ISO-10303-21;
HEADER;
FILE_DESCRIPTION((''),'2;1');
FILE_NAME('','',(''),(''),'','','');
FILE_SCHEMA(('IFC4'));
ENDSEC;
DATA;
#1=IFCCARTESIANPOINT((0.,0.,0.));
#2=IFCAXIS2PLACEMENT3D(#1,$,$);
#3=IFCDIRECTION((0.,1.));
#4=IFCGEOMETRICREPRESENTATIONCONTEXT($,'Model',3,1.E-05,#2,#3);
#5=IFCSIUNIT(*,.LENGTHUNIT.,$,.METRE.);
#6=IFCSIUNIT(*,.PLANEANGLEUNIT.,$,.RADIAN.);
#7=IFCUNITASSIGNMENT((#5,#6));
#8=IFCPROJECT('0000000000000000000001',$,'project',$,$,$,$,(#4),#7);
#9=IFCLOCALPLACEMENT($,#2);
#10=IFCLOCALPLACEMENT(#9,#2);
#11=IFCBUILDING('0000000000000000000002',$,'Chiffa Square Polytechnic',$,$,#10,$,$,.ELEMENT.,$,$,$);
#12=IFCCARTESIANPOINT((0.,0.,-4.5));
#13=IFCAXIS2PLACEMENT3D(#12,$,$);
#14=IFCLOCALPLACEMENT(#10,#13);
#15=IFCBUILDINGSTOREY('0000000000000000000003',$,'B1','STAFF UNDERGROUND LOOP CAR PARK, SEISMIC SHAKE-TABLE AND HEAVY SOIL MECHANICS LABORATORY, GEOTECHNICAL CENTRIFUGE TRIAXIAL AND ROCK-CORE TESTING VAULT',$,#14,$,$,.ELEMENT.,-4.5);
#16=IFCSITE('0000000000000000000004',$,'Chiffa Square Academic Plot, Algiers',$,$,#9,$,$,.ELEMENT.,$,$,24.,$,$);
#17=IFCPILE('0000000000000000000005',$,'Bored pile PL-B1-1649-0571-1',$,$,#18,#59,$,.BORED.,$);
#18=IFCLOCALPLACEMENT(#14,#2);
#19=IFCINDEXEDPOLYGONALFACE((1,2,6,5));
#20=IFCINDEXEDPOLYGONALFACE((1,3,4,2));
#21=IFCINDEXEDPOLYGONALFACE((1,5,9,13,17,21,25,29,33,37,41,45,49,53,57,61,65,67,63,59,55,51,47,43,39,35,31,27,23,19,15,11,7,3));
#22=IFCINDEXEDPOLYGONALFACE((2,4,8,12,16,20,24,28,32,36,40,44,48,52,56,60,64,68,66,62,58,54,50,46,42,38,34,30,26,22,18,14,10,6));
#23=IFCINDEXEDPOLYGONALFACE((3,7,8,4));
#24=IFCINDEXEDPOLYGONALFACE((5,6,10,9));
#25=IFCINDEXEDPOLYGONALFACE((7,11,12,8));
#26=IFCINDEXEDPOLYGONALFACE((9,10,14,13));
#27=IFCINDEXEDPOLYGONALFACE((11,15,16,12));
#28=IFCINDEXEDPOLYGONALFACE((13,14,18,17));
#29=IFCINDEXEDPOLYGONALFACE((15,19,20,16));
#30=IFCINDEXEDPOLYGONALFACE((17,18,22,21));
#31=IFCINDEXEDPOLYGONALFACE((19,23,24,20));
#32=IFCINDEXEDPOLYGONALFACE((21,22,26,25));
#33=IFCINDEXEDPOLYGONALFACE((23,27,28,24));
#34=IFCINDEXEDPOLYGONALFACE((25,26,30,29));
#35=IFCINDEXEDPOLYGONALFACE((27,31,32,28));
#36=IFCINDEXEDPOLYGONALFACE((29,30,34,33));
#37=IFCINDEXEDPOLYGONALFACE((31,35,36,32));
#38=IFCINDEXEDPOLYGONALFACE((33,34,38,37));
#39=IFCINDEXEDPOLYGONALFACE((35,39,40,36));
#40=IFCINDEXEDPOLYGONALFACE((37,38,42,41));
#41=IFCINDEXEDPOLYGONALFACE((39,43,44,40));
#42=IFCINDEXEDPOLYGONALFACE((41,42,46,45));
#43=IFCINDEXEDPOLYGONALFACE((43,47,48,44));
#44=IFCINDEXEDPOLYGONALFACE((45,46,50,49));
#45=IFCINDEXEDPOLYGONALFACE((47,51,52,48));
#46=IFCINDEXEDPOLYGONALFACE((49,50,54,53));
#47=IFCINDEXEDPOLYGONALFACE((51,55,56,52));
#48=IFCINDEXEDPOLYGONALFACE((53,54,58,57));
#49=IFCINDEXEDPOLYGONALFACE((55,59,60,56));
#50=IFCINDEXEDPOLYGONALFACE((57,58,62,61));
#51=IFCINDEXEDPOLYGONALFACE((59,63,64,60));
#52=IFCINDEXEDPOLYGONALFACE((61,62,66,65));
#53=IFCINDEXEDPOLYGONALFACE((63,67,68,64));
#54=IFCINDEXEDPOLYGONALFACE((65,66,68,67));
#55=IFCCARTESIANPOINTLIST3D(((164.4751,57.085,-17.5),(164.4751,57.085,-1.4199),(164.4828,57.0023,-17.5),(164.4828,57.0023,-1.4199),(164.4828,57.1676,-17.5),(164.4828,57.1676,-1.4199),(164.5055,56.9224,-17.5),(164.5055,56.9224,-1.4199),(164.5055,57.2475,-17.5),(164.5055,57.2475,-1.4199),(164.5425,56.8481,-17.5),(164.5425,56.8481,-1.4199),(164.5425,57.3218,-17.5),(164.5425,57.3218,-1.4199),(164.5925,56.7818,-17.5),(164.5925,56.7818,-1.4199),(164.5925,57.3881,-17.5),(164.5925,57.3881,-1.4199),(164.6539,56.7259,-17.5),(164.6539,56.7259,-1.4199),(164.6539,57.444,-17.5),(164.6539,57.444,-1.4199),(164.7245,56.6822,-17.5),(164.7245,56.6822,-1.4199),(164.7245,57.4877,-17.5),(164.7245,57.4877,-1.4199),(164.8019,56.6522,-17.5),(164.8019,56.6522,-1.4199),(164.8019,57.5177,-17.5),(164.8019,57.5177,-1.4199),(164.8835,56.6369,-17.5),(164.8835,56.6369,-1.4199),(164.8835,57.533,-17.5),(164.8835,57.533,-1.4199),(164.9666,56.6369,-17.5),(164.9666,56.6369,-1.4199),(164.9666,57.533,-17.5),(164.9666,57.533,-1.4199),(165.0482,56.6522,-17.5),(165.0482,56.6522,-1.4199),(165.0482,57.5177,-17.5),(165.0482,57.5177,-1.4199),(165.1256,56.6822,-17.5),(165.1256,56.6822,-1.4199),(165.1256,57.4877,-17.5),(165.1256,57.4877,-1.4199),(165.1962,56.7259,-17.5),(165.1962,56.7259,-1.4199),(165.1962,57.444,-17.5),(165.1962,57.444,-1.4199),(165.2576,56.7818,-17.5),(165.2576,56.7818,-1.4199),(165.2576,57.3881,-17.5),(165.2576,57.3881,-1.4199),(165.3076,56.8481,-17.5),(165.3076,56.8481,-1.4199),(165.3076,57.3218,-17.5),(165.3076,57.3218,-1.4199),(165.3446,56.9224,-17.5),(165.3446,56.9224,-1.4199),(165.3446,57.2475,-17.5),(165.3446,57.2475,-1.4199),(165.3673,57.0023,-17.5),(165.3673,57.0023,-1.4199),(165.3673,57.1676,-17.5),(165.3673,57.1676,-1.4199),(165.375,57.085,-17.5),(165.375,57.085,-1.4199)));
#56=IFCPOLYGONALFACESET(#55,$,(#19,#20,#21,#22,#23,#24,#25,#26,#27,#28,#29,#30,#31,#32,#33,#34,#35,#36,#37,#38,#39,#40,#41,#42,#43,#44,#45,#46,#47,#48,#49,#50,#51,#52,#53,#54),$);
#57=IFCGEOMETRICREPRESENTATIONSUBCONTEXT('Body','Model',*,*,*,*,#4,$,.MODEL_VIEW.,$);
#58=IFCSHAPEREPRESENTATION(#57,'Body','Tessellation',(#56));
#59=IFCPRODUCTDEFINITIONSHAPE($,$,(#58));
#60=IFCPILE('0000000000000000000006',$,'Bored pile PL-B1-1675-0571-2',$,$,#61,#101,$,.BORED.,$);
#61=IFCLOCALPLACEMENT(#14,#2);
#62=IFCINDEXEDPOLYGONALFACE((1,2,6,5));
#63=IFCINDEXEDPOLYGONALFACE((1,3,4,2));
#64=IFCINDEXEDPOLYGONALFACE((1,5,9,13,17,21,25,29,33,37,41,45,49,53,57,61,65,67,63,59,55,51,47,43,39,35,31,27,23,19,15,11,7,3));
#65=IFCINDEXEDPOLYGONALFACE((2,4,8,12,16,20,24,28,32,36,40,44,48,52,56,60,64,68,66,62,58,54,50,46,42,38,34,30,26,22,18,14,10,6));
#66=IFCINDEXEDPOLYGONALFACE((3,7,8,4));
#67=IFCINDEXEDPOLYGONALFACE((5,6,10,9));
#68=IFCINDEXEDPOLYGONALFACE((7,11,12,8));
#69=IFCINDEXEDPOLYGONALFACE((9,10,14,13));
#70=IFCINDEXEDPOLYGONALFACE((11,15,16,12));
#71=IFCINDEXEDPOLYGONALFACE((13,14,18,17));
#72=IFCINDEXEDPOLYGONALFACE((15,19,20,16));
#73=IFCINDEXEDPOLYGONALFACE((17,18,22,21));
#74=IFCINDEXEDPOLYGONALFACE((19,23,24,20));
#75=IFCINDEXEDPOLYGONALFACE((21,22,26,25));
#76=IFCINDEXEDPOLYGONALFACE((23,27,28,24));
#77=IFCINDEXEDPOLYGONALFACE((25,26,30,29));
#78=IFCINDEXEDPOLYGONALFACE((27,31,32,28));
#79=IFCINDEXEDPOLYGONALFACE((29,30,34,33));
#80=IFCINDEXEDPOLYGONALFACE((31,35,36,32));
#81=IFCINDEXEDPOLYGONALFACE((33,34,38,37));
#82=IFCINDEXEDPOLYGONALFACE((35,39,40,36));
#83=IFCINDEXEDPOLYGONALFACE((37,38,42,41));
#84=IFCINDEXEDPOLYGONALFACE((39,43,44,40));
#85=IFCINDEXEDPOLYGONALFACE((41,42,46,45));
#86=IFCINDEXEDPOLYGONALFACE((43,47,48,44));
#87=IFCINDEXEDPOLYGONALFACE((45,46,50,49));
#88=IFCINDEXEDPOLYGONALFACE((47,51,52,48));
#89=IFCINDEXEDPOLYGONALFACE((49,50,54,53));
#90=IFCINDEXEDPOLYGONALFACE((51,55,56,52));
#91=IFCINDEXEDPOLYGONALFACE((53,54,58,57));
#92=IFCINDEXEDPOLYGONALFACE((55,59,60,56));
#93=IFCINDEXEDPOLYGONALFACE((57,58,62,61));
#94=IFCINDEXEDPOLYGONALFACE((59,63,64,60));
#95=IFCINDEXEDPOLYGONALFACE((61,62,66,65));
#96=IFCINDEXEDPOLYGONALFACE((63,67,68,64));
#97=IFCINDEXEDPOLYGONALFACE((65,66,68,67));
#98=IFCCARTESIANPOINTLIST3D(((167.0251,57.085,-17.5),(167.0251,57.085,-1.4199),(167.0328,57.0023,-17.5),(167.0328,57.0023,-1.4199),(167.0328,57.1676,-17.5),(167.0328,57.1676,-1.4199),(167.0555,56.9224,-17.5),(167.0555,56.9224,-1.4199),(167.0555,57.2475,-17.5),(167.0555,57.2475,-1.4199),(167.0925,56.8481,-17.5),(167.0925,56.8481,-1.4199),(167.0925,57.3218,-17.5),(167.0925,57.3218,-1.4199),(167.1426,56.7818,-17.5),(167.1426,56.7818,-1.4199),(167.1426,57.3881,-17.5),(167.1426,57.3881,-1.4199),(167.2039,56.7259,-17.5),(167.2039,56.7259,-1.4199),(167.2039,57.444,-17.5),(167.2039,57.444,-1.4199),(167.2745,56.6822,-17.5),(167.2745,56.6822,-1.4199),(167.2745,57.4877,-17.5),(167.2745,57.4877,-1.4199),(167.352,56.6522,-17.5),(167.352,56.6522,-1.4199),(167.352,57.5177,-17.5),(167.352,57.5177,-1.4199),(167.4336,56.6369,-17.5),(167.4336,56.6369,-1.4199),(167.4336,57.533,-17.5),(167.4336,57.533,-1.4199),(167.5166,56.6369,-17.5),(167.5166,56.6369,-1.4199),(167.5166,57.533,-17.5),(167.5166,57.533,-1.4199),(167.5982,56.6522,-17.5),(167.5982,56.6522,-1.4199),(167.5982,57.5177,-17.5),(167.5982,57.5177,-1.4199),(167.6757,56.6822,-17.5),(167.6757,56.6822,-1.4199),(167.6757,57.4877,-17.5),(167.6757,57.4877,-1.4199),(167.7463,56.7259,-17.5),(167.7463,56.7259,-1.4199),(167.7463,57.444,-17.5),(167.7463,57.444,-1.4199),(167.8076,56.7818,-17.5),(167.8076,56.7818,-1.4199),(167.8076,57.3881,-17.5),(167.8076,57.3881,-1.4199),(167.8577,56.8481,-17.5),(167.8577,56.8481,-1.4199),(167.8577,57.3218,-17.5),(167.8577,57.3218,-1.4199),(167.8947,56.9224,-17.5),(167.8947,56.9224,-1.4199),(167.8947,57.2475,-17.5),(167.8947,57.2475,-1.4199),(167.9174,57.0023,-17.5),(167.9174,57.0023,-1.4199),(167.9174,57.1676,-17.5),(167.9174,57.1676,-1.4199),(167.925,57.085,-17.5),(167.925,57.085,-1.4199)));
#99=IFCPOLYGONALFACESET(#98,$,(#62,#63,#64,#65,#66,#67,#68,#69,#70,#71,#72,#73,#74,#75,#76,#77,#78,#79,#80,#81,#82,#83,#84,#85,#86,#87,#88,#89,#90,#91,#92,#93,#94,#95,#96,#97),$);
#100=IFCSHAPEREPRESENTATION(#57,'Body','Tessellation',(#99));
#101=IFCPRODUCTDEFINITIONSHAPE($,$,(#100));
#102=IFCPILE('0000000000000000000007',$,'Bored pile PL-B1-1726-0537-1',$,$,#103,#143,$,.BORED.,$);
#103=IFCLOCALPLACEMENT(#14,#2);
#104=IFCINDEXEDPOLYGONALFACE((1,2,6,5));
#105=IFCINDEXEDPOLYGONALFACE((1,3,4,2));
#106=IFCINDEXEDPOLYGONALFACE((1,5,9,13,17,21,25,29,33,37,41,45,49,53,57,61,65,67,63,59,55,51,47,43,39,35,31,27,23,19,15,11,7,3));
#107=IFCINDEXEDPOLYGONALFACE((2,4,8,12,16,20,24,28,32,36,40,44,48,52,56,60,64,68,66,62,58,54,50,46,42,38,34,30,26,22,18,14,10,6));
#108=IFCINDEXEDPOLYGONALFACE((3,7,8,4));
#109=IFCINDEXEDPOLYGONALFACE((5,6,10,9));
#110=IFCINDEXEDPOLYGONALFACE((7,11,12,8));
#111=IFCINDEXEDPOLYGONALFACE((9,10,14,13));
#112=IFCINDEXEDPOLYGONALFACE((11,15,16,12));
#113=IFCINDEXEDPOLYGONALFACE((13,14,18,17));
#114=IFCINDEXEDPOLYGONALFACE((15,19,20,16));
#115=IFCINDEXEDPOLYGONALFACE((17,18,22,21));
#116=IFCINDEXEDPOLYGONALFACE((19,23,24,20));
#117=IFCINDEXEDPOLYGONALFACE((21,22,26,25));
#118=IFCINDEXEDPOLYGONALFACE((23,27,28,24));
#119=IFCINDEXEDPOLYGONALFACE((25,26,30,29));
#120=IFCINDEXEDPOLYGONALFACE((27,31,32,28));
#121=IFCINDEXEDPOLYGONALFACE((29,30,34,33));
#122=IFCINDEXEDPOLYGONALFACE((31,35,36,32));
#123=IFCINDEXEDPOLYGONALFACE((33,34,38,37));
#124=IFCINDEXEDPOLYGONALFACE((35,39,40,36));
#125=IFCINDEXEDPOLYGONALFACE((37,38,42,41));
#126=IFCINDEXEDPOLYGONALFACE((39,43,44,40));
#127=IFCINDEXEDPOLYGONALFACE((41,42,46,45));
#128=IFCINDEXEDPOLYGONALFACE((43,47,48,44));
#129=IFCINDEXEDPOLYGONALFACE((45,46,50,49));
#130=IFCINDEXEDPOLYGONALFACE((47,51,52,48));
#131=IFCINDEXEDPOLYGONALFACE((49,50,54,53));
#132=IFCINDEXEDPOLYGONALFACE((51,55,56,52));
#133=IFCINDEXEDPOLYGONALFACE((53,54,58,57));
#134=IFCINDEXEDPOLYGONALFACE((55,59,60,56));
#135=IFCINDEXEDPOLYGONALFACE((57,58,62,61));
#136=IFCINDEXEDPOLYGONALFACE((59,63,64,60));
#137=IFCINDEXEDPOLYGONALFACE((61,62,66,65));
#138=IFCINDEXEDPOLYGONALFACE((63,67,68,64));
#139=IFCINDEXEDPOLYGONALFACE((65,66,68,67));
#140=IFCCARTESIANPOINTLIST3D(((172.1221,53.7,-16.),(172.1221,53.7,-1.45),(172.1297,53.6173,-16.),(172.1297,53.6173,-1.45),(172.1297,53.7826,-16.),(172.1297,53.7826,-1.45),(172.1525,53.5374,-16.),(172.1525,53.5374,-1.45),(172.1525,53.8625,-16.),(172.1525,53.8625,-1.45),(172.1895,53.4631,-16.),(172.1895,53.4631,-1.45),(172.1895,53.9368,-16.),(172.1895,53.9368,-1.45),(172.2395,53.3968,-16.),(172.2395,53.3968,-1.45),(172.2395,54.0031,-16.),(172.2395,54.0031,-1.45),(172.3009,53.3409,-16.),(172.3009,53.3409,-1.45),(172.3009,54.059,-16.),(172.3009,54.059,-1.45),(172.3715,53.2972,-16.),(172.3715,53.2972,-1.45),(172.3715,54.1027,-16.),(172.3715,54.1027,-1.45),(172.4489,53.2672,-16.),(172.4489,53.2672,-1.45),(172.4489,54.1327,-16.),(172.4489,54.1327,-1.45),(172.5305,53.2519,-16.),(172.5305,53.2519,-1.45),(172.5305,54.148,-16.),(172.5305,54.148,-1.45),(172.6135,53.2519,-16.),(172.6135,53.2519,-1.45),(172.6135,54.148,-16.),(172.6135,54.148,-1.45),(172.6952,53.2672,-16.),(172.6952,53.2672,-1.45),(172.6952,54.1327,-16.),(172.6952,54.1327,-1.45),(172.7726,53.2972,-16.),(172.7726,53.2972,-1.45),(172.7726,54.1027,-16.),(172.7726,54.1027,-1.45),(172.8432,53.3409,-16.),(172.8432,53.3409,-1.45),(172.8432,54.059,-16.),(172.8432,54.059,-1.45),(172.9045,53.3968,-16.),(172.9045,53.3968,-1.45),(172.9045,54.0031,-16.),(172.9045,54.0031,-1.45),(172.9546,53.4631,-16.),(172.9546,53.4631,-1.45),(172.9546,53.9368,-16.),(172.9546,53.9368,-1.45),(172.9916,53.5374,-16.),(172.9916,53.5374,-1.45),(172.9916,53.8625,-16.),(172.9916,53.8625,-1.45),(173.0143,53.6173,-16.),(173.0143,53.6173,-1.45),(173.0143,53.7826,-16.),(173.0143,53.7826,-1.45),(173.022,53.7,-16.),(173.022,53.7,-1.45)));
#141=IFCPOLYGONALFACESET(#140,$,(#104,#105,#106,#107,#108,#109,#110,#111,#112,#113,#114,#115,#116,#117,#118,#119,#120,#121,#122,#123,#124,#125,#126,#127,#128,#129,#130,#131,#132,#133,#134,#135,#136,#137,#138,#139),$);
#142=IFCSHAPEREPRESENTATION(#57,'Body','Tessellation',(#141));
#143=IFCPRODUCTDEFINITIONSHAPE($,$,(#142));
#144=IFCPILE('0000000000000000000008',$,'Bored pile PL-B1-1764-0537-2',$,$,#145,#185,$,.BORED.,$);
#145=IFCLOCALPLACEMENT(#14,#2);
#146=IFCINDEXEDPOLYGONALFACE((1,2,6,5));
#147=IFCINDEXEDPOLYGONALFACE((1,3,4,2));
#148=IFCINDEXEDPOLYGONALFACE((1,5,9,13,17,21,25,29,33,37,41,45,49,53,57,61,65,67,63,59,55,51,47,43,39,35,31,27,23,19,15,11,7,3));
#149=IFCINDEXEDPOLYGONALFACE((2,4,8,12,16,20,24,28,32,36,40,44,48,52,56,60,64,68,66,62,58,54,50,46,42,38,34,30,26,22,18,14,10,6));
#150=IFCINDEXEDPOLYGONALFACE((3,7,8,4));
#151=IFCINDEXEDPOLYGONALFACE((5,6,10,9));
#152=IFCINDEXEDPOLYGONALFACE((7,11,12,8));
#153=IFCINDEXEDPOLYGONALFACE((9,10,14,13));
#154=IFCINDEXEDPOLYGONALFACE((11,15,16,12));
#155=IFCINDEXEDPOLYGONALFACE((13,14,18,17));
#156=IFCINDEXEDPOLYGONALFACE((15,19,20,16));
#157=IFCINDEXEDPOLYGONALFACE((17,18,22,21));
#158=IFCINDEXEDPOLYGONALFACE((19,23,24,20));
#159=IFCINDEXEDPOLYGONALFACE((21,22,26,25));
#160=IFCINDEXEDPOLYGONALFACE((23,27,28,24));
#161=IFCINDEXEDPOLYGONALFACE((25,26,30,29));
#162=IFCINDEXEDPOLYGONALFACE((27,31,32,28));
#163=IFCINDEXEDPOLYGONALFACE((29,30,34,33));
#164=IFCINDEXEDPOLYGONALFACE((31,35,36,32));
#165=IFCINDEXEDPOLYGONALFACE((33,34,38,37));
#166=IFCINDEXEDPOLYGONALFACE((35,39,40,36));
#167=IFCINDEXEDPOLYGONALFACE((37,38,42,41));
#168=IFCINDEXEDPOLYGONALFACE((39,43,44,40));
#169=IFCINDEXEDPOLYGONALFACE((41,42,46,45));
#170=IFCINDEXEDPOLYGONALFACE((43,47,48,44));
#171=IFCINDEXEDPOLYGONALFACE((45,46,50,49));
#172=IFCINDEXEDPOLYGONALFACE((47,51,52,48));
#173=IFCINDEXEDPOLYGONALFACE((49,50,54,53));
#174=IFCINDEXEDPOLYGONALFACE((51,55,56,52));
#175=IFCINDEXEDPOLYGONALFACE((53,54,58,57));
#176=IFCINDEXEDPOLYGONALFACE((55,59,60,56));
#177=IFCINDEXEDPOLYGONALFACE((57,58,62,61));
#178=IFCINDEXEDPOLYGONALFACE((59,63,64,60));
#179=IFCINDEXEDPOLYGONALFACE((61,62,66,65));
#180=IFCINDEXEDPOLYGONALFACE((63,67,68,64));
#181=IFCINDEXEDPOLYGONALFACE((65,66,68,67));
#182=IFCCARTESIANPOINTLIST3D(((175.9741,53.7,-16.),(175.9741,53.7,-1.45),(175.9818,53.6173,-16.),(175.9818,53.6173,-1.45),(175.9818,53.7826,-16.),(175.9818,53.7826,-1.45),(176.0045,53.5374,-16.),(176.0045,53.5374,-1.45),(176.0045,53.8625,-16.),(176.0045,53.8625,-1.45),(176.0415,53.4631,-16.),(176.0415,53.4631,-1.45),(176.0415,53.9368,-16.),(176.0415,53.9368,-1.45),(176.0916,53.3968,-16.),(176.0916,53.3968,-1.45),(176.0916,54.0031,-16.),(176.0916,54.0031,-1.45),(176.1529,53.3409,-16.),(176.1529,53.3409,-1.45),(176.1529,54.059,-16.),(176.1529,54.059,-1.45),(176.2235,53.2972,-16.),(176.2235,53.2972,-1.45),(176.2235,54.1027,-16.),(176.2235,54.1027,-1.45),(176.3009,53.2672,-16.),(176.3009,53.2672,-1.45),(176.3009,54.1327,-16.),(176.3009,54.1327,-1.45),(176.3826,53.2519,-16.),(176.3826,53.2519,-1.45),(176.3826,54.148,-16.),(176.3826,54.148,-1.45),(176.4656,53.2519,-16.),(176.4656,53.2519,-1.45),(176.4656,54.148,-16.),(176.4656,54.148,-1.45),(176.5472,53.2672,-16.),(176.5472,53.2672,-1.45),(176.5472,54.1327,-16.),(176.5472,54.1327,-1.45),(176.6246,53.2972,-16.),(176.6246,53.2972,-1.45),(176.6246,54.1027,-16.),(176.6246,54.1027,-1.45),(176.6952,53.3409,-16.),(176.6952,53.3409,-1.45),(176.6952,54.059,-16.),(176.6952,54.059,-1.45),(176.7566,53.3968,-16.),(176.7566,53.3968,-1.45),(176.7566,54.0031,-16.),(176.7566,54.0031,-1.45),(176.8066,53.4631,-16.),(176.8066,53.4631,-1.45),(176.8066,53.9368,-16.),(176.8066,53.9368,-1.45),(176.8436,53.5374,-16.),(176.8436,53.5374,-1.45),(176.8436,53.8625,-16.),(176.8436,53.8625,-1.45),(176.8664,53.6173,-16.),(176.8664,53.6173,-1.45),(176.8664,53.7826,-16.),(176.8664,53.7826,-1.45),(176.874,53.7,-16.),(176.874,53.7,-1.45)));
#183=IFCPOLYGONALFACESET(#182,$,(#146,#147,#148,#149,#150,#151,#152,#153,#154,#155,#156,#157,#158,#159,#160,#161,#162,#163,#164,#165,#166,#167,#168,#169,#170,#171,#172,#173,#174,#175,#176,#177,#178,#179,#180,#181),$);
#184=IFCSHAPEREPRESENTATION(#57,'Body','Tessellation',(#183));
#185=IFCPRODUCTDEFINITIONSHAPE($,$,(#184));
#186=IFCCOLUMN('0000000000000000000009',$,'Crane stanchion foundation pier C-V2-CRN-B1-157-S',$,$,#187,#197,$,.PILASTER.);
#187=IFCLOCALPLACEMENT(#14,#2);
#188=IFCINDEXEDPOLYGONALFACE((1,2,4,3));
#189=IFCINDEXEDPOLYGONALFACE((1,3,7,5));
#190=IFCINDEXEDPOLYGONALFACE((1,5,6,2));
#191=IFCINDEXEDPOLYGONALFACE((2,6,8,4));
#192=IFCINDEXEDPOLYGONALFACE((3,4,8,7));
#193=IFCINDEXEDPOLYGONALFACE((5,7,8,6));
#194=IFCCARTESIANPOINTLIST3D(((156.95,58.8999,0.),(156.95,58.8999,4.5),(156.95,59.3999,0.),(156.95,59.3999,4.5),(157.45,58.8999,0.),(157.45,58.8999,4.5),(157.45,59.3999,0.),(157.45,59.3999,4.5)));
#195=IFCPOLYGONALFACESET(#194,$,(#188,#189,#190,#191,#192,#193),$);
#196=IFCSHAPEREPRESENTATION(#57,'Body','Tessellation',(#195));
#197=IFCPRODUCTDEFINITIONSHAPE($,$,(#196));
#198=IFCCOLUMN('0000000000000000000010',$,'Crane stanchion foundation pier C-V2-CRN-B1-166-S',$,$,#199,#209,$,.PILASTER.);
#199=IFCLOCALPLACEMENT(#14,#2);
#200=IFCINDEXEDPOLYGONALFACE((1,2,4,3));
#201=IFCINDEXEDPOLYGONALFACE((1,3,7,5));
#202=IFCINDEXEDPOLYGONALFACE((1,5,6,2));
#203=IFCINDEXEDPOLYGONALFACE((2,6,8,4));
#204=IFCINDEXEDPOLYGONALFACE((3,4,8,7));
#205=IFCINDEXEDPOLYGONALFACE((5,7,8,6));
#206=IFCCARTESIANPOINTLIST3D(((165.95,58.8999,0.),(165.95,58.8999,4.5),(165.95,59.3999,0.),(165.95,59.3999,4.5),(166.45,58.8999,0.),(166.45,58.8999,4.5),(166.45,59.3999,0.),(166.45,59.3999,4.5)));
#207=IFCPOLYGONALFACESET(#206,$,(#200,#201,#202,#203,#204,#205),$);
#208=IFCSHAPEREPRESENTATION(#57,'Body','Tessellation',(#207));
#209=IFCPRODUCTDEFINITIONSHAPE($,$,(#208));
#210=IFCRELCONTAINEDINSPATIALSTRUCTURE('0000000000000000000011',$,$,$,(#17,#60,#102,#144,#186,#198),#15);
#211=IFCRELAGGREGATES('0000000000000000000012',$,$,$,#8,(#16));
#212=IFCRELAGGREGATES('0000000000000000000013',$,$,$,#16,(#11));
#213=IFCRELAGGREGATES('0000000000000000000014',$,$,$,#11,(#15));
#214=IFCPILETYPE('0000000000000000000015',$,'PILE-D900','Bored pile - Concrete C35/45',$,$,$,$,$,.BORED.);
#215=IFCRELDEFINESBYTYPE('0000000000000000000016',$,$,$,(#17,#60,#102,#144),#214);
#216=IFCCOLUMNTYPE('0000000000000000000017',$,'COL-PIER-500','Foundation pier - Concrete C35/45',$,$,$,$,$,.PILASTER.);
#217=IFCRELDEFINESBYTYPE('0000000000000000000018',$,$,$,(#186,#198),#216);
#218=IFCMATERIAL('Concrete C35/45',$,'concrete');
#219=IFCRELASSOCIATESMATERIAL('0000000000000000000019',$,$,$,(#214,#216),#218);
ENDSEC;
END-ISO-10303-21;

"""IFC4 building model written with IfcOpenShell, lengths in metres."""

from ifc_helpers import new_model, si_unit, direction, frame, origin, origin_2d, place, context, subcontext, project, spatial, rectangle, circle, extrude, material, material_profile, profile_set, type_object, element, save


model = new_model("IFC4")

# Units and contexts
model_context = context("Model", 3, precision=1e-05, world=origin(), true_north=direction((0.0, 1.0)))
body_context = subcontext(model_context, "Body", "Model", "MODEL_VIEW")
ifc_project = project(units=[si_unit("LENGTHUNIT", "METRE"), si_unit("PLANEANGLEUNIT", "RADIAN")], contexts=[model_context])

# Site, building, storey
site_placement = place(None, origin())
site = spatial("IfcSite", under=ifc_project, at=site_placement, Name="Chiffa Square Academic Plot, Algiers", CompositionType="ELEMENT", RefElevation=24.0)
building_placement = place(site_placement, origin())
building = spatial("IfcBuilding", under=site, at=building_placement, Name="Chiffa Square Polytechnic", CompositionType="ELEMENT")
storey_placement = place(building_placement, frame((0.0, 0.0, -4.5)))
storey = spatial("IfcBuildingStorey", under=building, at=storey_placement, Name="B1", Description="STAFF UNDERGROUND LOOP CAR PARK, SEISMIC SHAKE-TABLE AND HEAVY SOIL MECHANICS LABORATORY, GEOTECHNICAL CENTRIFUGE TRIAXIAL AND ROCK-CORE TESTING VAULT", CompositionType="ELEMENT", Elevation=-4.5)

# Shared definitions
ifc_material_1 = material(Name="Concrete C35/45", Category="concrete")

# Piles
ifc_material_profile_1 = material_profile(ifc_material_1, circle(Radius=0.45, at=origin_2d()), Name="PILE D900")
ifc_profile_set_1 = profile_set([ifc_material_profile_1], Name="Concrete C35/45")
pile_type = type_object("IfcPileType", Name="PILE-D900", Description="Bored pile - Concrete C35/45", PredefinedType="BORED", material=ifc_profile_set_1)
for number, where, z_axis, x_axis, name in (
    (1, (164.925, 57.085, -1.4199), (0.0, 0.0, -1.0), (1.0, 0.0, 0.0), "Bored pile PL-B1-1649-0571-1"),
    (2, (167.4751, 57.085, -1.4199), (0.0, 0.0, -1.0), (1.0, 0.0, 0.0), "Bored pile PL-B1-1675-0571-2"),
):
    element("IfcPile", number, at=place(storey_placement, frame(where, z_axis=z_axis, x_axis=x_axis)), inside=storey, type_object=pile_type, Name=name, PredefinedType="BORED", context=body_context, shape_type="SweptSolid", body=[
        extrude(circle(Radius=0.45, at=origin_2d()), origin(), (0.0, 0.0, 1.0), 16.0801),
    ])
for number, where, z_axis, x_axis, name in (
    (3, (172.572, 53.7, -1.45), (0.0, 0.0, -1.0), (1.0, 0.0, 0.0), "Bored pile PL-B1-1726-0537-1"),
    (4, (176.4241, 53.7, -1.45), (0.0, 0.0, -1.0), (1.0, 0.0, 0.0), "Bored pile PL-B1-1764-0537-2"),
):
    element("IfcPile", number, at=place(storey_placement, frame(where, z_axis=z_axis, x_axis=x_axis)), inside=storey, type_object=pile_type, Name=name, PredefinedType="BORED", context=body_context, shape_type="SweptSolid", body=[
        extrude(circle(Radius=0.45, at=origin_2d()), origin(), (0.0, 0.0, 1.0), 14.55),
    ])

# Columns
ifc_material_profile_2 = material_profile(ifc_material_1, rectangle(XDim=0.5, YDim=0.5, at=origin_2d()), Name="RC 500x500")
ifc_profile_set_2 = profile_set([ifc_material_profile_2], Name="Concrete C35/45")
column_type_1 = type_object("IfcColumnType", Name="COL-PIER-500", Description="Foundation pier - Concrete C35/45", PredefinedType="PILASTER", material=ifc_profile_set_2)
for number, where, z_axis, x_axis, name in (
    (5, (157.2, 59.1499, 0.0), (0.0, 0.0, 1.0), (1.0, 0.0, 0.0), "Crane stanchion foundation pier C-V2-CRN-B1-157-S"),
    (6, (166.2, 59.1499, 0.0), (0.0, 0.0, 1.0), (1.0, 0.0, 0.0), "Crane stanchion foundation pier C-V2-CRN-B1-166-S"),
):
    element("IfcColumn", number, at=place(storey_placement, frame(where, z_axis=z_axis, x_axis=x_axis)), inside=storey, type_object=column_type_1, Name=name, PredefinedType="PILASTER", context=body_context, shape_type="SweptSolid", body=[
        extrude(rectangle(XDim=0.5, YDim=0.5, at=origin_2d()), origin(), (0.0, 0.0, 1.0), 4.5),
    ])

save(model, "model.ifc")
